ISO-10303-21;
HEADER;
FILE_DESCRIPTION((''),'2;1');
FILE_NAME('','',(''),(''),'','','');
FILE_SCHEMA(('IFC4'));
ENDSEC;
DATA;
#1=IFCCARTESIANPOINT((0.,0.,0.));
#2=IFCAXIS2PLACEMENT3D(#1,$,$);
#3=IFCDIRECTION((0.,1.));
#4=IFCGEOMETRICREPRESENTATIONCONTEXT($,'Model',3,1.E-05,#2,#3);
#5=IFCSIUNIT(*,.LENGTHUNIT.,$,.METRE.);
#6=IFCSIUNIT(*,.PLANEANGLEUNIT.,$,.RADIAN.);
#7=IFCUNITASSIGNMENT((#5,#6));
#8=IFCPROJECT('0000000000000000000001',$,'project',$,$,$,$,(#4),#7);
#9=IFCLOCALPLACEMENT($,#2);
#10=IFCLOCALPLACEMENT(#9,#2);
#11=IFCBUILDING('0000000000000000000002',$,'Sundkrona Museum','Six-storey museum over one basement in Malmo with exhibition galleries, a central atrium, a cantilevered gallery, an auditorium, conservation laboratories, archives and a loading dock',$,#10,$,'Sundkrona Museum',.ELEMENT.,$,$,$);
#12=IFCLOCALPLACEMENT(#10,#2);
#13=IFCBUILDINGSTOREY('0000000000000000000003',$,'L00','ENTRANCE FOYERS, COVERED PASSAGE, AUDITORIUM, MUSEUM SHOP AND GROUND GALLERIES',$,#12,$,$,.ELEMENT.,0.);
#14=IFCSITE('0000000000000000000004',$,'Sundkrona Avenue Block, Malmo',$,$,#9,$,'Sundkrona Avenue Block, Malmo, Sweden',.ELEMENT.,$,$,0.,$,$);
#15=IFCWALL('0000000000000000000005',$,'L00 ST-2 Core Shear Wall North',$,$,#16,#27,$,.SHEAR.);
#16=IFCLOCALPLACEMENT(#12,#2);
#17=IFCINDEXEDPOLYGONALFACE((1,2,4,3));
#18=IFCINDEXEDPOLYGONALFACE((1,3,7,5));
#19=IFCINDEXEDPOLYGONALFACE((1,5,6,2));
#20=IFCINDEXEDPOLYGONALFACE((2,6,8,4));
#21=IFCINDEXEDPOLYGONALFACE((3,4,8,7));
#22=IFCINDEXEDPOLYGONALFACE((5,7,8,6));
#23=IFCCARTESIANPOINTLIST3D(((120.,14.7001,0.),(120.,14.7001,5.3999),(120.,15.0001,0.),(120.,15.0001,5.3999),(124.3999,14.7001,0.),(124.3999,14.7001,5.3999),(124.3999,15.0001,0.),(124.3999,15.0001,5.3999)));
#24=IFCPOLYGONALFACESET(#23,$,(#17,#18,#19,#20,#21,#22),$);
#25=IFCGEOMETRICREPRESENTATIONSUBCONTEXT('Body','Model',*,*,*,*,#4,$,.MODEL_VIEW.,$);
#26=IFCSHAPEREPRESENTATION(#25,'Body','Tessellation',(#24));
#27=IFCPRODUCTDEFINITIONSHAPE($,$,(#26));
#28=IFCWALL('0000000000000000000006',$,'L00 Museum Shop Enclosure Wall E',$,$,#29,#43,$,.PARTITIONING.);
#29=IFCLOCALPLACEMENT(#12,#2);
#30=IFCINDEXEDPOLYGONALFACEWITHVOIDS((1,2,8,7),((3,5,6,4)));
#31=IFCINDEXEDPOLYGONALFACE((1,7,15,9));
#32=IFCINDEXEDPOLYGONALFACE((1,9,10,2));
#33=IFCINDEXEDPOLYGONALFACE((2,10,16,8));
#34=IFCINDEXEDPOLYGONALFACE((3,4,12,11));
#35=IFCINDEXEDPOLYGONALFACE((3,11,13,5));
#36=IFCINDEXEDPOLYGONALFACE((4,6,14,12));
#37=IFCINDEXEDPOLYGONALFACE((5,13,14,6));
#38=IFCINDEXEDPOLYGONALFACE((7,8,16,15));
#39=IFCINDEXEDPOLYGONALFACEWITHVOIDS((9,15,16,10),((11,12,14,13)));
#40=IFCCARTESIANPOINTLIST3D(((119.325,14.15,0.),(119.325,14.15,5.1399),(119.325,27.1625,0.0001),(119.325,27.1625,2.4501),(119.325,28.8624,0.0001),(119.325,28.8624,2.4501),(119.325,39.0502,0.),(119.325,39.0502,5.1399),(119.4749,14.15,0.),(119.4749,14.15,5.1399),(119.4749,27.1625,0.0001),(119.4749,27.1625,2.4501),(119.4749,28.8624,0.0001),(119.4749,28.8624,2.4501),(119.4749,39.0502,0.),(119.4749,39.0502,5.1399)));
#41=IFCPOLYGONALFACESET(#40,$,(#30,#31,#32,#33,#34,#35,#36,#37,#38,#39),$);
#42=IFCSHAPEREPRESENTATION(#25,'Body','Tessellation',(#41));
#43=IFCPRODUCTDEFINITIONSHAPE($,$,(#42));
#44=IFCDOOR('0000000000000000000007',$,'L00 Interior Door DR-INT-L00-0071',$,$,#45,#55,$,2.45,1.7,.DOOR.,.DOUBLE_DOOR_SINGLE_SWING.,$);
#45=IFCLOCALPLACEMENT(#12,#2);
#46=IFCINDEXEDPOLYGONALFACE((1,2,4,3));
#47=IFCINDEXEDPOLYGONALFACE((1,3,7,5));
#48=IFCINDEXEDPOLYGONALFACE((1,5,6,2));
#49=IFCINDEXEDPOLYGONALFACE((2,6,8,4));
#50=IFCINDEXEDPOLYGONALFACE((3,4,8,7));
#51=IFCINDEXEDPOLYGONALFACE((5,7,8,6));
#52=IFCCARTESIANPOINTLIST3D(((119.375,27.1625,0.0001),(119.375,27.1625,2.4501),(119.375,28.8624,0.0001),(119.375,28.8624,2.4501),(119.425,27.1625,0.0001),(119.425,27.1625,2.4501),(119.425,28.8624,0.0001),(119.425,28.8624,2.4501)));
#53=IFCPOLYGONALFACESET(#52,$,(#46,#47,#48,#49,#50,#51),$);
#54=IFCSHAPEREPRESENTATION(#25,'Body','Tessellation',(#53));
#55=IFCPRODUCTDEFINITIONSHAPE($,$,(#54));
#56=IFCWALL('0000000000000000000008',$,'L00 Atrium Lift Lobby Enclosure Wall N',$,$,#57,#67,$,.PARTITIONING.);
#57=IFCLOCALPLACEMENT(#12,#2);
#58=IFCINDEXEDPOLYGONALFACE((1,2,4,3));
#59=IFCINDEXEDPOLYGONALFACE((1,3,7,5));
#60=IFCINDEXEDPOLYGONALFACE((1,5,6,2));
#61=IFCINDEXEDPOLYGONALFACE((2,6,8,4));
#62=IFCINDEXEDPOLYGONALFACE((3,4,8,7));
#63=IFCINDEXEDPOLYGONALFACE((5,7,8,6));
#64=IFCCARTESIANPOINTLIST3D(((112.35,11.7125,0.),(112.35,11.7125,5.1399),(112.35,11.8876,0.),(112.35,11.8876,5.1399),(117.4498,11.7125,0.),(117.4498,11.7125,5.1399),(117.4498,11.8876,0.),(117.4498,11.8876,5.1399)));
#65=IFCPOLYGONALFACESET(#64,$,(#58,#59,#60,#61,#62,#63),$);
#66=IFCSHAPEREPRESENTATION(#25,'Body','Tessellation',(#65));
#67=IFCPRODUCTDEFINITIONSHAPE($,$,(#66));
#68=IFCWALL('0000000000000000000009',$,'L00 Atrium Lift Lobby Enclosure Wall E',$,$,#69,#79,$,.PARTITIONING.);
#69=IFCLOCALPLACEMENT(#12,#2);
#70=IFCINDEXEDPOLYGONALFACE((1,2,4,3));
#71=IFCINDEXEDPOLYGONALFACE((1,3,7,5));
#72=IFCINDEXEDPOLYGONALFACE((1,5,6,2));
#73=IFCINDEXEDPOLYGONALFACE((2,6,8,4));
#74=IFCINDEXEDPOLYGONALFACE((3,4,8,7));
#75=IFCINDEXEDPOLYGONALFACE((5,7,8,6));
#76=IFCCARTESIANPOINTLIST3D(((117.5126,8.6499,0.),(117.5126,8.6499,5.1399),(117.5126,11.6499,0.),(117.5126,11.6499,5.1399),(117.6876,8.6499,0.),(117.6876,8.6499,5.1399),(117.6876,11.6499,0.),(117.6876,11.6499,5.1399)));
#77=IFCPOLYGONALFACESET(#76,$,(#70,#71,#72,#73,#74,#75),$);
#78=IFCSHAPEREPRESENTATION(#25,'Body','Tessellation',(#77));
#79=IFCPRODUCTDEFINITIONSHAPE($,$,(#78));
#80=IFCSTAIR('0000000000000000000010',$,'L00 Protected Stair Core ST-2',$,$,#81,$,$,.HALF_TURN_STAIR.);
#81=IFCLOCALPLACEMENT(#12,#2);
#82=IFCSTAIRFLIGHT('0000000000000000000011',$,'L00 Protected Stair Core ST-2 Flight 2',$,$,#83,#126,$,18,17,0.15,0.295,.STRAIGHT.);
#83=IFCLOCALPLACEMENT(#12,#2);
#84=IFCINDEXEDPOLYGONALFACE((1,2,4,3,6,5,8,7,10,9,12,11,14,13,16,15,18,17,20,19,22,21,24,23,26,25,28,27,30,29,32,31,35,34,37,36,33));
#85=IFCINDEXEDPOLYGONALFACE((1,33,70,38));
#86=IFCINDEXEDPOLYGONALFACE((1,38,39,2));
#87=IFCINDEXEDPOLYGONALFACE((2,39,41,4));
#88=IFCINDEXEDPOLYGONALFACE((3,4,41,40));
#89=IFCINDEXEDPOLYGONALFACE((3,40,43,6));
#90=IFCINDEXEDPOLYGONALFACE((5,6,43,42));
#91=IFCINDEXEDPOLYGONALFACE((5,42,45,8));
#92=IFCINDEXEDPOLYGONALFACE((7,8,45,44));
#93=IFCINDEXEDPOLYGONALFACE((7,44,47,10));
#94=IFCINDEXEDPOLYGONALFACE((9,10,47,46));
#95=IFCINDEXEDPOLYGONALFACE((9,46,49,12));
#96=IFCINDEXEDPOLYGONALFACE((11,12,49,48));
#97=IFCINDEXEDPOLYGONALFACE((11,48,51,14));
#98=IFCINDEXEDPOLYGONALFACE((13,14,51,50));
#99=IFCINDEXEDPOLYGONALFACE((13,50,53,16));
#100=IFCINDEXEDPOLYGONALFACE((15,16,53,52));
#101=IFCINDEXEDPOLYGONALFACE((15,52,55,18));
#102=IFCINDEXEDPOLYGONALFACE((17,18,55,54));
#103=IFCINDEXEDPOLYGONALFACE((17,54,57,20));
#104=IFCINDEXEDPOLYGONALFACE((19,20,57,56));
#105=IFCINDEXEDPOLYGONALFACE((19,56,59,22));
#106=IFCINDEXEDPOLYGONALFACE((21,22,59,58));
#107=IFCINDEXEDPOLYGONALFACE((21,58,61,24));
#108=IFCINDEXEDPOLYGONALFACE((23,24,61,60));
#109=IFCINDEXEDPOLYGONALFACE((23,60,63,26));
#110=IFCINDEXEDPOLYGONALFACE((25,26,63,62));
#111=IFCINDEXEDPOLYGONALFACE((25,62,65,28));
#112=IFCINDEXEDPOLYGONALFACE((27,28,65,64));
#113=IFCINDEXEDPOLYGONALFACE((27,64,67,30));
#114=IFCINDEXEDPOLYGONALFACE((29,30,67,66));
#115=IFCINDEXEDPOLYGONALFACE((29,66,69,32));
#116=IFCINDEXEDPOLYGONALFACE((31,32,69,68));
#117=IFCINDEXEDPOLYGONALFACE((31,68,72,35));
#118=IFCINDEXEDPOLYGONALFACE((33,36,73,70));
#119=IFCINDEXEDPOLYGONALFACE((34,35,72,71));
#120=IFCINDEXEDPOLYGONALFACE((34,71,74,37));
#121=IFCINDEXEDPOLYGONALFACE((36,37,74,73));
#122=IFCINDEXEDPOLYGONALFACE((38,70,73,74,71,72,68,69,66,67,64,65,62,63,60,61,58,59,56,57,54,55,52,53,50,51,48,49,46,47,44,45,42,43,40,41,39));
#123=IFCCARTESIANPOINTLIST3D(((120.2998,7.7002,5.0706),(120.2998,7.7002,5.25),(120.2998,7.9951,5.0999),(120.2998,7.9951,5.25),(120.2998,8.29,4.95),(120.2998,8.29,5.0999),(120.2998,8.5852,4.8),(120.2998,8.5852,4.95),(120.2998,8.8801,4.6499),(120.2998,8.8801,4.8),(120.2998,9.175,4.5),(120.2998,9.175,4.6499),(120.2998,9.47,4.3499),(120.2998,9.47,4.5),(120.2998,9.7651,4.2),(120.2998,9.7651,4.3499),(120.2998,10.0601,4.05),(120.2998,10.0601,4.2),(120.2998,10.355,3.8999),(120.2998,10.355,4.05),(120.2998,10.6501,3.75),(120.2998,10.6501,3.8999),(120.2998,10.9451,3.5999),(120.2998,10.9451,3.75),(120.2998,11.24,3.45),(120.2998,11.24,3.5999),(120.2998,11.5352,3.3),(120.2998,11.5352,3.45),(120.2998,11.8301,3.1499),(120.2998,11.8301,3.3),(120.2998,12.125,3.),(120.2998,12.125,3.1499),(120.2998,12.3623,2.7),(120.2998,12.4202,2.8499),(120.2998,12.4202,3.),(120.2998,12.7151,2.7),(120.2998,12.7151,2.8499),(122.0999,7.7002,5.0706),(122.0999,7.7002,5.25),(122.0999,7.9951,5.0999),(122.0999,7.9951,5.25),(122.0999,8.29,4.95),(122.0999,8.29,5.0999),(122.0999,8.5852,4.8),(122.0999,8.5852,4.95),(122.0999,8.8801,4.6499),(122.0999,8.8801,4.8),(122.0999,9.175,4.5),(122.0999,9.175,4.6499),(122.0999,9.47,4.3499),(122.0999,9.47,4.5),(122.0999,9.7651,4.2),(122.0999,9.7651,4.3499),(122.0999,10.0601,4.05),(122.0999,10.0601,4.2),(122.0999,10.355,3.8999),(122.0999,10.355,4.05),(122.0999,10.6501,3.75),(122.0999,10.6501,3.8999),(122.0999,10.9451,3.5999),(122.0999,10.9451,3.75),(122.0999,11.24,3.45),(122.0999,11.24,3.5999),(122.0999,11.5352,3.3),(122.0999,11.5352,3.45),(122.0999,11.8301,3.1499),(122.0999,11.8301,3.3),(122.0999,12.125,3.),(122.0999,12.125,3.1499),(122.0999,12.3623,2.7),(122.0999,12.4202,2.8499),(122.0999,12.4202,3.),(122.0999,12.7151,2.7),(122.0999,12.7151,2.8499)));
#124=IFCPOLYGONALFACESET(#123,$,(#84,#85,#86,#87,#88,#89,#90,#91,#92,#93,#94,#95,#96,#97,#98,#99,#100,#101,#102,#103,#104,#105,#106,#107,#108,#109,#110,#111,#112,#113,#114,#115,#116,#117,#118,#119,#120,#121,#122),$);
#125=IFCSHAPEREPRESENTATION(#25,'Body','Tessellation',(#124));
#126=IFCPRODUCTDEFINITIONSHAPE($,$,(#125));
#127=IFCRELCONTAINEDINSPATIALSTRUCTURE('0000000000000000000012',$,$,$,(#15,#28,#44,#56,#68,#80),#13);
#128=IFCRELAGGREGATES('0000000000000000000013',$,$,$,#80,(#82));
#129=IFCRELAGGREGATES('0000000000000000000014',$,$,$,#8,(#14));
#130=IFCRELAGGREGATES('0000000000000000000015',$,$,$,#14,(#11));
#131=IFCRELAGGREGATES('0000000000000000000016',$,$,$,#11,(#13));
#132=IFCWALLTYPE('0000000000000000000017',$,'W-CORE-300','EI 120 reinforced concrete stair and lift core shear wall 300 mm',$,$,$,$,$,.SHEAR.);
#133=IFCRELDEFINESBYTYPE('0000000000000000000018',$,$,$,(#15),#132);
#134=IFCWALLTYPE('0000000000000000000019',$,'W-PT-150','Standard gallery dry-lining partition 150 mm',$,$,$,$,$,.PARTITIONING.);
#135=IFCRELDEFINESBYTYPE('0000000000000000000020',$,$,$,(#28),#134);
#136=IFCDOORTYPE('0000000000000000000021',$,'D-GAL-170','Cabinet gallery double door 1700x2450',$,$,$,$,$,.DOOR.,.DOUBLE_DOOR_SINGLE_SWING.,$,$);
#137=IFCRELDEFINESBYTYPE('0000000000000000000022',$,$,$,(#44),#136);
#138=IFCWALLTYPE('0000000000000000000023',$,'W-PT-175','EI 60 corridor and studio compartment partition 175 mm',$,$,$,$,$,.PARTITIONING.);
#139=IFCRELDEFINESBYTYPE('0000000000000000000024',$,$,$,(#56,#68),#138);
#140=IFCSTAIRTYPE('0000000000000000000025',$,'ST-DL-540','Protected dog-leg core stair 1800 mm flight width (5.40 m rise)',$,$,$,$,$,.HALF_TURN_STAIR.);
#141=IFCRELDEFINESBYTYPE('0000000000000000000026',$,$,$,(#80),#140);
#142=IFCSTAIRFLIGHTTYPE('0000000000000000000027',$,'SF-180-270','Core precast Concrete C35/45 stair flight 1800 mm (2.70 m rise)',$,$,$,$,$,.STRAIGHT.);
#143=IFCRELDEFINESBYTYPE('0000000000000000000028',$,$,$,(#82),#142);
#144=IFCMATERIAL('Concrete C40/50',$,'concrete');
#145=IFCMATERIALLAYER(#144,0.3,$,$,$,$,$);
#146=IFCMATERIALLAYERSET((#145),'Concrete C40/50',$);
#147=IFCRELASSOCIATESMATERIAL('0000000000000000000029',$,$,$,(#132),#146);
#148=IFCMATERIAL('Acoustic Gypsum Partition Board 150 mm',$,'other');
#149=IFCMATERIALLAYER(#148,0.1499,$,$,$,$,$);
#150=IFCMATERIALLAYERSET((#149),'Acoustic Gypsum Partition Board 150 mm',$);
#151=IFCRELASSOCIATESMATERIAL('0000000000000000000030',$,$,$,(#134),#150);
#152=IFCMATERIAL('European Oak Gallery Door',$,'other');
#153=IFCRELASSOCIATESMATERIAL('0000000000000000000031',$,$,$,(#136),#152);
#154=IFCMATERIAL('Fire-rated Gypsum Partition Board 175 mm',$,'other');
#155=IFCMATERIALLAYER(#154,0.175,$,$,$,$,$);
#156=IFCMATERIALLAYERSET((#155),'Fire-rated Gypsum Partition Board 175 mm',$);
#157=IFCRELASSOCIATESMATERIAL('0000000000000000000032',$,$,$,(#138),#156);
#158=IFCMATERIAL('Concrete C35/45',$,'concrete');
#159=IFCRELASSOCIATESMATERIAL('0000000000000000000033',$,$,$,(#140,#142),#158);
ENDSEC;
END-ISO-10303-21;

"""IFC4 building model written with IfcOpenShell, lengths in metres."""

from ifc_helpers import new_model, si_unit, direction, frame, frame_2d, origin, place, context, subcontext, project, spatial, polyline, rectangle, outline, extrude, material, layer, layer_set, type_object, element, fill, aggregate, save


model = new_model("IFC4")

# Units and contexts
model_context = context("Model", 3, precision=1e-05, world=origin(), true_north=direction((0.0, 1.0)))
body_context = subcontext(model_context, "Body", "Model", "MODEL_VIEW")
ifc_project = project(units=[si_unit("LENGTHUNIT", "METRE"), si_unit("PLANEANGLEUNIT", "RADIAN")], contexts=[model_context])

# Site, building, storey
site_placement = place(None, origin())
site = spatial("IfcSite", under=ifc_project, at=site_placement, Name="Sundkrona Avenue Block, Malmo", LongName="Sundkrona Avenue Block, Malmo, Sweden", CompositionType="ELEMENT", RefElevation=0.0)
building_placement = place(site_placement, origin())
building = spatial("IfcBuilding", under=site, at=building_placement, Name="Sundkrona Museum", Description="Six-storey museum over one basement in Malmo with exhibition galleries, a central atrium, a cantilevered gallery, an auditorium, conservation laboratories, archives and a loading dock", LongName="Sundkrona Museum", CompositionType="ELEMENT")
storey_placement = place(building_placement, origin())
storey = spatial("IfcBuildingStorey", under=building, at=storey_placement, Name="L00", Description="ENTRANCE FOYERS, COVERED PASSAGE, AUDITORIUM, MUSEUM SHOP AND GROUND GALLERIES", CompositionType="ELEMENT", Elevation=0.0)

# Wall
ifc_material_1 = material(Name="Concrete C40/50", Category="concrete")
ifc_layer_1 = layer(ifc_material_1, 0.3)
ifc_layer_set_1 = layer_set([ifc_layer_1], Name="Concrete C40/50")
wall_type_1 = type_object("IfcWallType", Name="W-CORE-300", Description="EI 120 reinforced concrete stair and lift core shear wall 300 mm", PredefinedType="SHEAR", material=ifc_layer_set_1)
wall_1_placement = place(storey_placement, frame((120.0, 14.8501, 0.0), z_axis=(0.0, 0.0, 1.0), x_axis=(1.0, 0.0, 0.0)))
element("IfcWall", 1, at=wall_1_placement, inside=storey, type_object=wall_type_1, Name="L00 ST-2 Core Shear Wall North", PredefinedType="SHEAR", context=body_context, shape_type="SweptSolid", body=[
    extrude(rectangle(XDim=4.3999, YDim=0.3, at=frame_2d((2.2, 0.0))), origin(), (0.0, 0.0, 1.0), 5.3999),
])

# Wall, opening, door
ifc_material_2 = material(Name="Acoustic Gypsum Partition Board 150 mm", Category="other")
ifc_layer_2 = layer(ifc_material_2, 0.1499)
ifc_layer_set_2 = layer_set([ifc_layer_2], Name="Acoustic Gypsum Partition Board 150 mm")
wall_type_2 = type_object("IfcWallType", Name="W-PT-150", Description="Standard gallery dry-lining partition 150 mm", PredefinedType="PARTITIONING", material=ifc_layer_set_2)
wall_2_placement = place(storey_placement, frame((119.3999, 14.1499, 0.0), z_axis=(0.0, 0.0, 1.0), x_axis=(0.0, 1.0, 0.0)))
wall_2 = element("IfcWall", 2, at=wall_2_placement, inside=storey, type_object=wall_type_2, Name="L00 Museum Shop Enclosure Wall E", PredefinedType="PARTITIONING", context=body_context, shape_type="SweptSolid", body=[
    extrude(rectangle(XDim=24.9001, YDim=0.1499, at=frame_2d((12.4502, 0.0))), origin(), (0.0, 0.0, 1.0), 5.1399),
])
opening_1_placement = place(wall_2_placement, frame((13.0125, 0.0, 0.0)))
opening_1 = element("IfcOpeningElement", 3, at=opening_1_placement, cuts=wall_2, PredefinedType="OPENING", context=body_context, shape_type="SweptSolid", body=[
    extrude(rectangle(XDim=1.7, YDim=2.45, at=frame_2d((0.8501, 1.2251))), frame((0.0, 0.085, 0.0), z_axis=(0.0, -1.0, 0.0), x_axis=(1.0, 0.0, 0.0)), (0.0, 0.0, 1.0), 0.1699),
])
ifc_material_3 = material(Name="European Oak Gallery Door", Category="other")
door_type_1 = type_object("IfcDoorType", Name="D-GAL-170", Description="Cabinet gallery double door 1700x2450", OperationType="DOUBLE_DOOR_SINGLE_SWING", PredefinedType="DOOR", material=ifc_material_3)
door_1_placement = place(opening_1_placement, origin())
door_1 = element("IfcDoor", 4, at=door_1_placement, inside=storey, type_object=door_type_1, Name="L00 Interior Door DR-INT-L00-0071", OperationType="DOUBLE_DOOR_SINGLE_SWING", OverallHeight=2.45, OverallWidth=1.7, PredefinedType="DOOR", context=body_context, shape_type="SweptSolid", body=[
    extrude(rectangle(XDim=1.7, YDim=2.45, at=frame_2d((0.8501, 1.2251))), frame((0.0, 0.0249, 0.0), z_axis=(0.0, -1.0, 0.0), x_axis=(1.0, 0.0, 0.0)), (0.0, 0.0, 1.0), 0.05),
])
fill(opening_1, door_1)

# Walls
ifc_material_4 = material(Name="Fire-rated Gypsum Partition Board 175 mm", Category="other")
ifc_layer_3 = layer(ifc_material_4, 0.175)
ifc_layer_set_3 = layer_set([ifc_layer_3], Name="Fire-rated Gypsum Partition Board 175 mm")
wall_type_3 = type_object("IfcWallType", Name="W-PT-175", Description="EI 60 corridor and studio compartment partition 175 mm", PredefinedType="PARTITIONING", material=ifc_layer_set_3)
wall_3_placement = place(storey_placement, frame((112.3501, 11.8, 0.0), z_axis=(0.0, 0.0, 1.0), x_axis=(1.0, 0.0, 0.0)))
element("IfcWall", 5, at=wall_3_placement, inside=storey, type_object=wall_type_3, Name="L00 Atrium Lift Lobby Enclosure Wall N", PredefinedType="PARTITIONING", context=body_context, shape_type="SweptSolid", body=[
    extrude(rectangle(XDim=5.0999, YDim=0.175, at=frame_2d((2.5498, 0.0))), origin(), (0.0, 0.0, 1.0), 5.1399),
])
wall_4_placement = place(storey_placement, frame((117.6001, 8.6499, 0.0), z_axis=(0.0, 0.0, 1.0), x_axis=(0.0, 1.0, 0.0)))
element("IfcWall", 6, at=wall_4_placement, inside=storey, type_object=wall_type_3, Name="L00 Atrium Lift Lobby Enclosure Wall E", PredefinedType="PARTITIONING", context=body_context, shape_type="SweptSolid", body=[
    extrude(rectangle(XDim=3.0, YDim=0.175, at=frame_2d((1.5, 0.0))), origin(), (0.0, 0.0, 1.0), 5.1399),
])

# Stair, stair flight
ifc_material_5 = material(Name="Concrete C35/45", Category="concrete")
stair_type = type_object("IfcStairType", Name="ST-DL-540", Description="Protected dog-leg core stair 1800 mm flight width (5.40 m rise)", PredefinedType="HALF_TURN_STAIR", material=ifc_material_5)
stair_placement = place(storey_placement, origin())
stair = element("IfcStair", 7, at=stair_placement, inside=storey, type_object=stair_type, Name="L00 Protected Stair Core ST-2", PredefinedType="HALF_TURN_STAIR")
stair_flight_type = type_object("IfcStairFlightType", Name="SF-180-270", Description="Core precast Concrete C35/45 stair flight 1800 mm (2.70 m rise)", PredefinedType="STRAIGHT", material=ifc_material_5)
stair_flight_placement = place(storey_placement, frame((121.2, 12.7151, 2.7), z_axis=(0.0, 0.0, 1.0), x_axis=(0.0, -1.0, 0.0)))
stair_flight = element("IfcStairFlight", 8, at=stair_flight_placement, type_object=stair_flight_type, Name="L00 Protected Stair Core ST-2 Flight 2", NumberOfRisers=18, NumberOfTreads=17, PredefinedType="STRAIGHT", RiserHeight=0.15, TreadLength=0.295, context=body_context, shape_type="SweptSolid", body=[
    extrude(outline(polyline([(0.0, 0.0), (0.0, 0.1499), (0.2949, 0.1499), (0.2949, 0.3), (0.5901, 0.3), (0.5901, 0.45), (0.885, 0.45), (0.885, 0.6001), (1.1799, 0.6001), (1.1799, 0.75), (1.4751, 0.75), (1.4751, 0.8999), (1.77, 0.8999), (1.77, 1.05), (2.0649, 1.05), (2.0649, 1.2), (2.3601, 1.2), (2.3601, 1.3501), (2.655, 1.3501), (2.655, 1.5), (2.95, 1.5), (2.95, 1.6499), (3.2451, 1.6499), (3.2451, 1.8), (3.54, 1.8), (3.54, 1.95), (3.835, 1.95), (3.835, 2.1001), (4.1299, 2.1001), (4.1299, 2.25), (4.425, 2.25), (4.425, 2.3999), (4.72, 2.3999), (4.72, 2.55), (5.0149, 2.55), (5.0149, 2.7), (5.0149, 2.3706), (0.3528, 0.0), (0.0, 0.0)])), frame((0.0, 0.8999, 0.0), z_axis=(0.0, -1.0, 0.0), x_axis=(1.0, 0.0, 0.0)), (0.0, 0.0, 1.0), 1.8),
])
aggregate(stair, [stair_flight])

save(model, "model.ifc")
